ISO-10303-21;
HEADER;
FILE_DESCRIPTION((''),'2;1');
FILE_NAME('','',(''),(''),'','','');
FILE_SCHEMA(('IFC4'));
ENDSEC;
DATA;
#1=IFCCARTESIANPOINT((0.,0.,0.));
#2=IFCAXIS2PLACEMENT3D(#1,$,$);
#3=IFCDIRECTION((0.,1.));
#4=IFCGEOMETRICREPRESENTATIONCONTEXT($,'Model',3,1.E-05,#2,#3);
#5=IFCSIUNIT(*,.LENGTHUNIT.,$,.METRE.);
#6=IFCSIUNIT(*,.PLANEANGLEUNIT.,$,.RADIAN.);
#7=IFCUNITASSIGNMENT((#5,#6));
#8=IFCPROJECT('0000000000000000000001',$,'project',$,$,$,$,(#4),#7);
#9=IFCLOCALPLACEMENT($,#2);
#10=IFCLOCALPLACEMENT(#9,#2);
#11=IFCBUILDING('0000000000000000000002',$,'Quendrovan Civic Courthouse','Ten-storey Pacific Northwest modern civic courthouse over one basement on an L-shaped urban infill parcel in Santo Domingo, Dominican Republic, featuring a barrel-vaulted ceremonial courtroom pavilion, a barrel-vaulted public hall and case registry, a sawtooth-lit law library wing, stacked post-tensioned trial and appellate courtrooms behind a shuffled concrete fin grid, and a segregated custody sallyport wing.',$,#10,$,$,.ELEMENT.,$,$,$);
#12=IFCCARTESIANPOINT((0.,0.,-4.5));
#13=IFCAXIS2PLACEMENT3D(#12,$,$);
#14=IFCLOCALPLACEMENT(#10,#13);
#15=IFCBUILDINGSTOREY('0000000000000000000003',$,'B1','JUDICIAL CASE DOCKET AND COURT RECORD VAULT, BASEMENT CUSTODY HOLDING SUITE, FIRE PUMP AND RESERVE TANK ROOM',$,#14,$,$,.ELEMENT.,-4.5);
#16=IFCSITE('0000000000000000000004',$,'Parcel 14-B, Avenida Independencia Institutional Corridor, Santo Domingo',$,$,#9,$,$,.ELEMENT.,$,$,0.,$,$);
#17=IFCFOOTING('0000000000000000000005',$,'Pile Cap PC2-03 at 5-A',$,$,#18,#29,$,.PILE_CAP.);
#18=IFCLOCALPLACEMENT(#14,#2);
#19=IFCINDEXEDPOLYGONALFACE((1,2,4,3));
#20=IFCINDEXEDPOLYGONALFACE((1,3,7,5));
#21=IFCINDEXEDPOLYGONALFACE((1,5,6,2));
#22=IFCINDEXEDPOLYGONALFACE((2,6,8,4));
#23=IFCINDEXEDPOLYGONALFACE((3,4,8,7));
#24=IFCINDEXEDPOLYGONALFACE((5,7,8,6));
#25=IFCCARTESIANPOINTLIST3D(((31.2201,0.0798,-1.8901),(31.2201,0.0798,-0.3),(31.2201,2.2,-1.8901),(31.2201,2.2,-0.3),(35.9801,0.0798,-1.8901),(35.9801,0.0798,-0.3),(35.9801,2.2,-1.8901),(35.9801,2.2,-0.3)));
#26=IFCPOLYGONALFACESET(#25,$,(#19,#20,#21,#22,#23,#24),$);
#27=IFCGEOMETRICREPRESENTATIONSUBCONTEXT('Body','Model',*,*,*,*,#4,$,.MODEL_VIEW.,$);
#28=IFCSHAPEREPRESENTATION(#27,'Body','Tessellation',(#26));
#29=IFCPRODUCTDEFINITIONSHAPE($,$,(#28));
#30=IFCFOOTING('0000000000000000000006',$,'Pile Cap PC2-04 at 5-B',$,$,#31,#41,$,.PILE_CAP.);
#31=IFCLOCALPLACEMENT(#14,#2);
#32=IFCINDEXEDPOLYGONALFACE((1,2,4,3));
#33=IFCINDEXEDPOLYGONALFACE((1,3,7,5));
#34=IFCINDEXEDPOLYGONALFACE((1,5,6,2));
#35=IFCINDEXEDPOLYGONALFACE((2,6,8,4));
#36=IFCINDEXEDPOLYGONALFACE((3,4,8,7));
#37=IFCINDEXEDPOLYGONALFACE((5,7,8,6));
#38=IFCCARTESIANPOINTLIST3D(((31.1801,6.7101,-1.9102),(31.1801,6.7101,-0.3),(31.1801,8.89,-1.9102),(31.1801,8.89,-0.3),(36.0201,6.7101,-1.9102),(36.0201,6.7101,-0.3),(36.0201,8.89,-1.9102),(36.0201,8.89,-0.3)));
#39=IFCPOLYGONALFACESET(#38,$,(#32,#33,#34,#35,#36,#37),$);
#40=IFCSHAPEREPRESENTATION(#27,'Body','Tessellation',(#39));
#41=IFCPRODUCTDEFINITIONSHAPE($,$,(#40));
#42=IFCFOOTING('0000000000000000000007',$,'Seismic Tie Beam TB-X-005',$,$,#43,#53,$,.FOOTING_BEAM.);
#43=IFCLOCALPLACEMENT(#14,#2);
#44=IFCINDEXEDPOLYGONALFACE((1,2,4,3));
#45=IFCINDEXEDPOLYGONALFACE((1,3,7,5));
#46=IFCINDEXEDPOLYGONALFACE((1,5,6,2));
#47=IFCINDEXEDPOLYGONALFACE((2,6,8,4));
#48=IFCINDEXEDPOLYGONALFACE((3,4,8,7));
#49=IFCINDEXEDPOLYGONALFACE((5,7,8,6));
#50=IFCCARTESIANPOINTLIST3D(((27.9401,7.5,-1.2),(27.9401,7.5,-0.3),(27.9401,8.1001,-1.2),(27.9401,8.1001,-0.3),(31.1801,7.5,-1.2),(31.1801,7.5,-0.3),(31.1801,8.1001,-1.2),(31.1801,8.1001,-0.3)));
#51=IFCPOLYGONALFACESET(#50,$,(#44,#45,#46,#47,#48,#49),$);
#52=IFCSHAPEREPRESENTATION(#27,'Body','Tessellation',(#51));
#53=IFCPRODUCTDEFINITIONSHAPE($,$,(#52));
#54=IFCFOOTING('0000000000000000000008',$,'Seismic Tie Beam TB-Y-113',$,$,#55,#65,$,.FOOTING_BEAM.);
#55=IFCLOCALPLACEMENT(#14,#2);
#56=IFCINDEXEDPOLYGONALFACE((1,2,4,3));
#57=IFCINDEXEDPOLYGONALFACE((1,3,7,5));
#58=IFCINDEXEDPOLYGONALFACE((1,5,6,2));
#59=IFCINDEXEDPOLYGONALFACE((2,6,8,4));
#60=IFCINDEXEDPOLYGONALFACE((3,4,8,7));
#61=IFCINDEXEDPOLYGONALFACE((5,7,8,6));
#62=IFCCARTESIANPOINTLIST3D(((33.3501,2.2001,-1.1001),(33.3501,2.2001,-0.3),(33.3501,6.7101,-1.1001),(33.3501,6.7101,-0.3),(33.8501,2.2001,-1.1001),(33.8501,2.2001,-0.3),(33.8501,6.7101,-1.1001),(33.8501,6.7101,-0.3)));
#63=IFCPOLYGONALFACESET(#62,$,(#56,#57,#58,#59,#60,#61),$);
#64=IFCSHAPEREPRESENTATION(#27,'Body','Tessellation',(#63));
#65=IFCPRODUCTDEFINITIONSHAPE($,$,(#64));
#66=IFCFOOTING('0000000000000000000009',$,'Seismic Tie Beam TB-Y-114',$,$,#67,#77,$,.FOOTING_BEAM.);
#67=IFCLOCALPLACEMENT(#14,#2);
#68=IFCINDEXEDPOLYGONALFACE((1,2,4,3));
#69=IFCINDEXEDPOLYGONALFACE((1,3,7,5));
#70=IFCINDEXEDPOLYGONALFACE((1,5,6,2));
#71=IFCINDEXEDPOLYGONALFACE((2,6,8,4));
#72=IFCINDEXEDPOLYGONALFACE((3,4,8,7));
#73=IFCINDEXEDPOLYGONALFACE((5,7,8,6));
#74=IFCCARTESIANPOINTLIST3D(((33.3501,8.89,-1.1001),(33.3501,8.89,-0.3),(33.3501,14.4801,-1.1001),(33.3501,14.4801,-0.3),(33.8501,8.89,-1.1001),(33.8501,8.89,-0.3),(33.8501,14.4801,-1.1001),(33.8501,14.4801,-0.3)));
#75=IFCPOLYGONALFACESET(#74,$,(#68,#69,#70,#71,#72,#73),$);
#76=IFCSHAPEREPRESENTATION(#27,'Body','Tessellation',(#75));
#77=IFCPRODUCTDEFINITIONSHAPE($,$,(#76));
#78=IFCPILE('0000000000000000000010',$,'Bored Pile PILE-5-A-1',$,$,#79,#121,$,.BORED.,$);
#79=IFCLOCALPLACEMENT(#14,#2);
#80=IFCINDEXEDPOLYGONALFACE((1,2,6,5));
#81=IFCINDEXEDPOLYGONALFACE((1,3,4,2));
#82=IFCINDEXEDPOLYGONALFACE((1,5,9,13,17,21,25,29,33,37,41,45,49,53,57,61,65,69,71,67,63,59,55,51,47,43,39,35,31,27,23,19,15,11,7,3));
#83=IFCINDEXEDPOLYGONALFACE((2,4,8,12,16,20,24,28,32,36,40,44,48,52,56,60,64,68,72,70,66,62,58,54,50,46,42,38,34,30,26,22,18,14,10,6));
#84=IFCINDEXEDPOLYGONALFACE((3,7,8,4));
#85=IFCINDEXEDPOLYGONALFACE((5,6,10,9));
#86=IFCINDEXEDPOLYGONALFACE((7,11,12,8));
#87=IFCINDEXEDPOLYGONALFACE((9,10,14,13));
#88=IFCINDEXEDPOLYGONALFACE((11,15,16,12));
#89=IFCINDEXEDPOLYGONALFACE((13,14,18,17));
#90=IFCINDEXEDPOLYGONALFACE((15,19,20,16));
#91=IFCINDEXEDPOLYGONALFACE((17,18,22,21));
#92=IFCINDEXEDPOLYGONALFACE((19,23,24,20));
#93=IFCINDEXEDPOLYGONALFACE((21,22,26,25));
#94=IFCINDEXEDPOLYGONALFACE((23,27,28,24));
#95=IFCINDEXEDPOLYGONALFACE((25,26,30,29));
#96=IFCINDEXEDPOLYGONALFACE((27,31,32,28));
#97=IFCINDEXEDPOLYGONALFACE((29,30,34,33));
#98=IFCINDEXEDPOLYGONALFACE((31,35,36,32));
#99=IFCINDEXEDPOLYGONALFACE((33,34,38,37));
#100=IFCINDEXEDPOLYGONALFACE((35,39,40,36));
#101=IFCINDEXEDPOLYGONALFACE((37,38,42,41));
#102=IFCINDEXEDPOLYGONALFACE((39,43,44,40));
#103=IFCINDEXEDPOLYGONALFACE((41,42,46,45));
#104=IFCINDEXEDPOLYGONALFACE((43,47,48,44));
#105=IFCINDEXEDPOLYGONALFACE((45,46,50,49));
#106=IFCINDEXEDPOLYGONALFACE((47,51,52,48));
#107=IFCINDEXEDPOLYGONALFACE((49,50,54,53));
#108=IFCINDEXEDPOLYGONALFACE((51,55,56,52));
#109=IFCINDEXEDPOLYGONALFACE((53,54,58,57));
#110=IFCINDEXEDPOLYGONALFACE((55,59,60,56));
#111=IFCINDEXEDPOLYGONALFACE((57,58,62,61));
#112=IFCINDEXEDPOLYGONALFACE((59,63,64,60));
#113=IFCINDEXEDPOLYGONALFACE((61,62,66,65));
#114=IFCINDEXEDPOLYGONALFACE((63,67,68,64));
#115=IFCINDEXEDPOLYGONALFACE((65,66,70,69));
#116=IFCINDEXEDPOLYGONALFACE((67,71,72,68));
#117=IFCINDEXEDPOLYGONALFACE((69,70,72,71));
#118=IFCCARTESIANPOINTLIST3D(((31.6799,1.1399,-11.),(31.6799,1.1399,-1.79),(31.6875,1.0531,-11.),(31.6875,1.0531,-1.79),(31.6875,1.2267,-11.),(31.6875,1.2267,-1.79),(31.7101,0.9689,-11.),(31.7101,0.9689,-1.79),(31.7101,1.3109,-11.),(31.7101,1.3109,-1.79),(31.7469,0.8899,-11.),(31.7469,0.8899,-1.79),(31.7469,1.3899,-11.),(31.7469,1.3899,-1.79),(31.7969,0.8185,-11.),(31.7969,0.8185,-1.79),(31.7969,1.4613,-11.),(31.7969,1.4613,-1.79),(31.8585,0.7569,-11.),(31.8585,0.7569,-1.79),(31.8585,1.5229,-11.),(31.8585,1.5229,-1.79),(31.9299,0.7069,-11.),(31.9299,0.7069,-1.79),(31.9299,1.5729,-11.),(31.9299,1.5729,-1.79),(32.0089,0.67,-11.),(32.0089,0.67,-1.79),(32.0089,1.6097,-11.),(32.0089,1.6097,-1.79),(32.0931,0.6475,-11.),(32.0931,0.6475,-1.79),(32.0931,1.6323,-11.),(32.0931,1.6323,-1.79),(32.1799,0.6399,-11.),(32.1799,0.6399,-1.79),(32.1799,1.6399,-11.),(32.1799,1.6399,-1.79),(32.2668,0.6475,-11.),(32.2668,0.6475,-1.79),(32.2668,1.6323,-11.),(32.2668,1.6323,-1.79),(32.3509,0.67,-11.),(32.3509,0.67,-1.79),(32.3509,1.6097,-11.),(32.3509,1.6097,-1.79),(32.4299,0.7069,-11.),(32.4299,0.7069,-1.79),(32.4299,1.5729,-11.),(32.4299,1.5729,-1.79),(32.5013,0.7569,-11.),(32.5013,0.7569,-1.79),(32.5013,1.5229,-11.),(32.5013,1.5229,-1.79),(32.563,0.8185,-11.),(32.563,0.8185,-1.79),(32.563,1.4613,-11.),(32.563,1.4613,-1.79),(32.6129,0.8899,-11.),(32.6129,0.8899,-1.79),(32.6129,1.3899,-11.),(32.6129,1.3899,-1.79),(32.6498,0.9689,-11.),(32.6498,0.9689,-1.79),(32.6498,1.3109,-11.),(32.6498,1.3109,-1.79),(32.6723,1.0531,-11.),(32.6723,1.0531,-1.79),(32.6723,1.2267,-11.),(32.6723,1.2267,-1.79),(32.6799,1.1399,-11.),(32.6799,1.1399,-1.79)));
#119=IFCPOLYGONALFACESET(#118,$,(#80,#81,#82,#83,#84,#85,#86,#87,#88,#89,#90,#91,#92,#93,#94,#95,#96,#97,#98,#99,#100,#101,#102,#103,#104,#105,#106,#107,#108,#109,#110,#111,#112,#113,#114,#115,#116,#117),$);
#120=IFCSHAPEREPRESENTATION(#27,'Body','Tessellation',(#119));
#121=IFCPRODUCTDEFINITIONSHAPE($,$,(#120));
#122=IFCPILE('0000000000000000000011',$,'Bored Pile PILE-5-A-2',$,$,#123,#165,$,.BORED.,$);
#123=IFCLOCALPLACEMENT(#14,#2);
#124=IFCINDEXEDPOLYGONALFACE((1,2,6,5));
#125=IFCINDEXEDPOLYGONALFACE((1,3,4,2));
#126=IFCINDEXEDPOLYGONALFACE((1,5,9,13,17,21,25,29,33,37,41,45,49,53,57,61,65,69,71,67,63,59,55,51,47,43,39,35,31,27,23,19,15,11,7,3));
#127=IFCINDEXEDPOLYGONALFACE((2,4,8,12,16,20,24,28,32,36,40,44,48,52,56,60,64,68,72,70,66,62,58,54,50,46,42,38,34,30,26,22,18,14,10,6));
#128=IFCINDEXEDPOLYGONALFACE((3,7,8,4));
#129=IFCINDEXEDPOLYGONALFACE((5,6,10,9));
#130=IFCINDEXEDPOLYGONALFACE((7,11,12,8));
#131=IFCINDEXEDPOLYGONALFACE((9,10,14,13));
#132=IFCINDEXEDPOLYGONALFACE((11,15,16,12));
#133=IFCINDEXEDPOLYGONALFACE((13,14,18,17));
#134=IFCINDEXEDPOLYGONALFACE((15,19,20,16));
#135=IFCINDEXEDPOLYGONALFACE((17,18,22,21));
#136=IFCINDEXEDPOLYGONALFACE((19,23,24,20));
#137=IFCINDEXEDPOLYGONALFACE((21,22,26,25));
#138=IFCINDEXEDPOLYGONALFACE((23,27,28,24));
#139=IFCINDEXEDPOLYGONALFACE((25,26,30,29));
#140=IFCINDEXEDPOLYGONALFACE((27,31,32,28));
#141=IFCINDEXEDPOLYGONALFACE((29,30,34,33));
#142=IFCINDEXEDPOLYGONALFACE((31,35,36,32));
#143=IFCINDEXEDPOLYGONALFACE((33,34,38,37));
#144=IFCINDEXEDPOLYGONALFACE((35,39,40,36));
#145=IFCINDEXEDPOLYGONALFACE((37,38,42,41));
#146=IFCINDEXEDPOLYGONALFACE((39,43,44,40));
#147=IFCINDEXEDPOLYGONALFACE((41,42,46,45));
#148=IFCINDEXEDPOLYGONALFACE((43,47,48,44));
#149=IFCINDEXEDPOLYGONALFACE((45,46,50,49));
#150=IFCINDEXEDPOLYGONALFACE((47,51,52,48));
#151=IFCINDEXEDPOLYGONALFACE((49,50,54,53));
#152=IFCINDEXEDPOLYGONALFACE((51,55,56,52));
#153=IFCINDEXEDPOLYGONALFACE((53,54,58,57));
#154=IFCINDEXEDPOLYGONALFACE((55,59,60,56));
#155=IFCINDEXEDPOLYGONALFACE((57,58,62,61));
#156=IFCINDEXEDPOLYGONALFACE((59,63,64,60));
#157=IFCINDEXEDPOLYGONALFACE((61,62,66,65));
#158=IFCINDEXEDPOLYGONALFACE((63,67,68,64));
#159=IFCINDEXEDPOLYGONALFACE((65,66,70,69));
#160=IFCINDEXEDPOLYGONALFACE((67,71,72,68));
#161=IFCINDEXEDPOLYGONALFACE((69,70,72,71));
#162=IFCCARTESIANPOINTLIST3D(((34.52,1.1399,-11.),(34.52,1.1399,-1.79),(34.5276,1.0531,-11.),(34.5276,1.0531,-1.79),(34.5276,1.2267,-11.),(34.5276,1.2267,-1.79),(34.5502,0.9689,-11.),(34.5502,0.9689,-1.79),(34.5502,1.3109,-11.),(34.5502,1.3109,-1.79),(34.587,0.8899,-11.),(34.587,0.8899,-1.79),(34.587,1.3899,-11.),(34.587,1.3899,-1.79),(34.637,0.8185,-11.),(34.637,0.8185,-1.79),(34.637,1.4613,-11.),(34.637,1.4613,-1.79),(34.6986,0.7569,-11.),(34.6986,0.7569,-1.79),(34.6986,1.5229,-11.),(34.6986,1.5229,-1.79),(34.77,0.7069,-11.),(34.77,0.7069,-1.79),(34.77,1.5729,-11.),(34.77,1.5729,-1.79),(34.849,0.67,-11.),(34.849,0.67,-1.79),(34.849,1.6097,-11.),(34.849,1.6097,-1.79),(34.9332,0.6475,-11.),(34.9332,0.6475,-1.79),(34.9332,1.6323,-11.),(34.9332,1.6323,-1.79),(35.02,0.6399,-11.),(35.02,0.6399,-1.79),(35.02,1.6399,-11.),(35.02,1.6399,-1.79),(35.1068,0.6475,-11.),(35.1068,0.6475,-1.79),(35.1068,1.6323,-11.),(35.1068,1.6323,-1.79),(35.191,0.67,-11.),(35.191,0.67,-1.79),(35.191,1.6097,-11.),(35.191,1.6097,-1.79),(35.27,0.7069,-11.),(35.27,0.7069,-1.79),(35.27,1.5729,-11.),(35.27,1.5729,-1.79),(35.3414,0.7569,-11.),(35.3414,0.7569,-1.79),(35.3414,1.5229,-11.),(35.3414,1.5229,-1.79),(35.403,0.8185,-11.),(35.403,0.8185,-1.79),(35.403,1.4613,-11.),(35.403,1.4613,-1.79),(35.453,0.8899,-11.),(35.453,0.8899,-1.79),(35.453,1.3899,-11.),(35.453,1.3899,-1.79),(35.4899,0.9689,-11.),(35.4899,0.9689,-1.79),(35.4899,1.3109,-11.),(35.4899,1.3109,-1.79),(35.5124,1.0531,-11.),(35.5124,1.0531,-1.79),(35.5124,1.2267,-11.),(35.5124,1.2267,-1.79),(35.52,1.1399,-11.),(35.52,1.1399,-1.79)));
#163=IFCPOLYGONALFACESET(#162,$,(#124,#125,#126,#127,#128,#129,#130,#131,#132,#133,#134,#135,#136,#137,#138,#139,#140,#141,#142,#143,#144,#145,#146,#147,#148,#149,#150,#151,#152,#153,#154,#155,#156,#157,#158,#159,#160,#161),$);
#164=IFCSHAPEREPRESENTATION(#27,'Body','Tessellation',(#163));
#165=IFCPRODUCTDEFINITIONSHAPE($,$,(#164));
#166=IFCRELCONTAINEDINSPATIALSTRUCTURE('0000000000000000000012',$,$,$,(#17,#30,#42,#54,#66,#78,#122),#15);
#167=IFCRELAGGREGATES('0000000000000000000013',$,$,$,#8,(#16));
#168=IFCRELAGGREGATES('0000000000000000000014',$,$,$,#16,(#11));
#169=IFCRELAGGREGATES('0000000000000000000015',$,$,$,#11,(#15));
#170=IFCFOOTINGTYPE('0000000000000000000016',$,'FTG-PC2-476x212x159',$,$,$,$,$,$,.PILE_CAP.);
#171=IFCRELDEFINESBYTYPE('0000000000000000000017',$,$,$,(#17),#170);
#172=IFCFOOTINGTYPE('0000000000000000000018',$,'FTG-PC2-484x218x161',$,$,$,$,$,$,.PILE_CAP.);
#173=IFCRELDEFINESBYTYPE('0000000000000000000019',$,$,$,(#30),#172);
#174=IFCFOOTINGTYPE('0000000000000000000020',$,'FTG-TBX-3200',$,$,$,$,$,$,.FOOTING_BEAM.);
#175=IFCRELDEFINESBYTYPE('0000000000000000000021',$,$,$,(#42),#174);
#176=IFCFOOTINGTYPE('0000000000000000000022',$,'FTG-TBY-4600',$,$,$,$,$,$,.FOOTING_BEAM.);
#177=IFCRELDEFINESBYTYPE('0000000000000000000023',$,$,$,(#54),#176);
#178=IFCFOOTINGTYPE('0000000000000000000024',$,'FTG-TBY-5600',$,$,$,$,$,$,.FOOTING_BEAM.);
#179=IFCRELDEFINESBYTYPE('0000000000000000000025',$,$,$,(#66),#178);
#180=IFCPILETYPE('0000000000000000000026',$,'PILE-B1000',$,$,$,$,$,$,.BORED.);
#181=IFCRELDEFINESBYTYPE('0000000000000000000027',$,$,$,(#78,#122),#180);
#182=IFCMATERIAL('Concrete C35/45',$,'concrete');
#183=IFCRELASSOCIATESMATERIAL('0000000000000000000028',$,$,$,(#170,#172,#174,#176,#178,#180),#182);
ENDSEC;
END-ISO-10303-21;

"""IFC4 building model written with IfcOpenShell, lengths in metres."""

from ifc_helpers import new_model, si_unit, direction, frame, origin, origin_2d, place, context, subcontext, project, spatial, rectangle, circle, extrude, material, material_profile, profile_set, type_object, element, save


model = new_model("IFC4")

# Units and contexts
model_context = context("Model", 3, precision=1e-05, world=origin(), true_north=direction((0.0, 1.0)))
body_context = subcontext(model_context, "Body", "Model", "MODEL_VIEW")
ifc_project = project(units=[si_unit("LENGTHUNIT", "METRE"), si_unit("PLANEANGLEUNIT", "RADIAN")], contexts=[model_context])

# Site, building, storey
site_placement = place(None, origin())
site = spatial("IfcSite", under=ifc_project, at=site_placement, Name="Parcel 14-B, Avenida Independencia Institutional Corridor, Santo Domingo", CompositionType="ELEMENT", RefElevation=0.0)
building_placement = place(site_placement, origin())
building = spatial("IfcBuilding", under=site, at=building_placement, Name="Quendrovan Civic Courthouse", Description="Ten-storey Pacific Northwest modern civic courthouse over one basement on an L-shaped urban infill parcel in Santo Domingo, Dominican Republic, featuring a barrel-vaulted ceremonial courtroom pavilion, a barrel-vaulted public hall and case registry, a sawtooth-lit law library wing, stacked post-tensioned trial and appellate courtrooms behind a shuffled concrete fin grid, and a segregated custody sallyport wing.", CompositionType="ELEMENT")
storey_placement = place(building_placement, frame((0.0, 0.0, -4.5)))
storey = spatial("IfcBuildingStorey", under=building, at=storey_placement, Name="B1", Description="JUDICIAL CASE DOCKET AND COURT RECORD VAULT, BASEMENT CUSTODY HOLDING SUITE, FIRE PUMP AND RESERVE TANK ROOM", CompositionType="ELEMENT", Elevation=-4.5)

# Footings
ifc_material_1 = material(Name="Concrete C35/45", Category="concrete")
footing_type_1 = type_object("IfcFootingType", Name="FTG-PC2-476x212x159", PredefinedType="PILE_CAP", material=ifc_material_1)
footing_1_placement = place(storey_placement, frame((33.6001, 1.1399, -1.8901), z_axis=(0.0, 0.0, 1.0), x_axis=(1.0, 0.0, 0.0)))
element("IfcFooting", 1, at=footing_1_placement, inside=storey, type_object=footing_type_1, Name="Pile Cap PC2-03 at 5-A", PredefinedType="PILE_CAP", context=body_context, shape_type="SweptSolid", body=[
    extrude(rectangle(XDim=4.76, YDim=2.1201, at=origin_2d()), origin(), (0.0, 0.0, 1.0), 1.5901),
])
footing_type_2 = type_object("IfcFootingType", Name="FTG-PC2-484x218x161", PredefinedType="PILE_CAP", material=ifc_material_1)
footing_2_placement = place(storey_placement, frame((33.6001, 7.8, -1.9102), z_axis=(0.0, 0.0, 1.0), x_axis=(1.0, 0.0, 0.0)))
element("IfcFooting", 2, at=footing_2_placement, inside=storey, type_object=footing_type_2, Name="Pile Cap PC2-04 at 5-B", PredefinedType="PILE_CAP", context=body_context, shape_type="SweptSolid", body=[
    extrude(rectangle(XDim=4.8401, YDim=2.1799, at=origin_2d()), origin(), (0.0, 0.0, 1.0), 1.6101),
])
footing_type_3 = type_object("IfcFootingType", Name="FTG-TBX-3200", PredefinedType="FOOTING_BEAM", material=ifc_material_1)
footing_3_placement = place(storey_placement, frame((29.5601, 7.8, -1.2), z_axis=(0.0, 0.0, 1.0), x_axis=(1.0, 0.0, 0.0)))
element("IfcFooting", 3, at=footing_3_placement, inside=storey, type_object=footing_type_3, Name="Seismic Tie Beam TB-X-005", PredefinedType="FOOTING_BEAM", context=body_context, shape_type="SweptSolid", body=[
    extrude(rectangle(XDim=3.24, YDim=0.6001, at=origin_2d()), origin(), (0.0, 0.0, 1.0), 0.8999),
])
footing_type_4 = type_object("IfcFootingType", Name="FTG-TBY-4600", PredefinedType="FOOTING_BEAM", material=ifc_material_1)
footing_4_placement = place(storey_placement, frame((33.6001, 4.4551, -1.1001), z_axis=(0.0, 0.0, 1.0), x_axis=(1.0, 0.0, 0.0)))
element("IfcFooting", 4, at=footing_4_placement, inside=storey, type_object=footing_type_4, Name="Seismic Tie Beam TB-Y-113", PredefinedType="FOOTING_BEAM", context=body_context, shape_type="SweptSolid", body=[
    extrude(rectangle(XDim=0.5, YDim=4.51, at=origin_2d()), origin(), (0.0, 0.0, 1.0), 0.8),
])
footing_type_5 = type_object("IfcFootingType", Name="FTG-TBY-5600", PredefinedType="FOOTING_BEAM", material=ifc_material_1)
footing_5_placement = place(storey_placement, frame((33.6001, 11.6851, -1.1001), z_axis=(0.0, 0.0, 1.0), x_axis=(1.0, 0.0, 0.0)))
element("IfcFooting", 5, at=footing_5_placement, inside=storey, type_object=footing_type_5, Name="Seismic Tie Beam TB-Y-114", PredefinedType="FOOTING_BEAM", context=body_context, shape_type="SweptSolid", body=[
    extrude(rectangle(XDim=0.5, YDim=5.5901, at=origin_2d()), origin(), (0.0, 0.0, 1.0), 0.8),
])

# Piles
ifc_material_profile_1 = material_profile(ifc_material_1, circle(Radius=0.5, at=origin_2d()), Name="PILE-D1000")
ifc_profile_set_1 = profile_set([ifc_material_profile_1], Name="Concrete C35/45")
pile_type = type_object("IfcPileType", Name="PILE-B1000", PredefinedType="BORED", material=ifc_profile_set_1)
for number, where, z_axis, x_axis, name in (
    (6, (32.1799, 1.1399, -1.79), (0.0, 0.0, -1.0), (1.0, 0.0, 0.0), "Bored Pile PILE-5-A-1"),
    (7, (35.02, 1.1399, -1.79), (0.0, 0.0, -1.0), (1.0, 0.0, 0.0), "Bored Pile PILE-5-A-2"),
):
    element("IfcPile", number, at=place(storey_placement, frame(where, z_axis=z_axis, x_axis=x_axis)), inside=storey, type_object=pile_type, Name=name, PredefinedType="BORED", context=body_context, shape_type="SweptSolid", body=[
        extrude(circle(Radius=0.5, at=origin_2d()), origin(), (0.0, 0.0, 1.0), 9.21),
    ])

save(model, "model.ifc")
